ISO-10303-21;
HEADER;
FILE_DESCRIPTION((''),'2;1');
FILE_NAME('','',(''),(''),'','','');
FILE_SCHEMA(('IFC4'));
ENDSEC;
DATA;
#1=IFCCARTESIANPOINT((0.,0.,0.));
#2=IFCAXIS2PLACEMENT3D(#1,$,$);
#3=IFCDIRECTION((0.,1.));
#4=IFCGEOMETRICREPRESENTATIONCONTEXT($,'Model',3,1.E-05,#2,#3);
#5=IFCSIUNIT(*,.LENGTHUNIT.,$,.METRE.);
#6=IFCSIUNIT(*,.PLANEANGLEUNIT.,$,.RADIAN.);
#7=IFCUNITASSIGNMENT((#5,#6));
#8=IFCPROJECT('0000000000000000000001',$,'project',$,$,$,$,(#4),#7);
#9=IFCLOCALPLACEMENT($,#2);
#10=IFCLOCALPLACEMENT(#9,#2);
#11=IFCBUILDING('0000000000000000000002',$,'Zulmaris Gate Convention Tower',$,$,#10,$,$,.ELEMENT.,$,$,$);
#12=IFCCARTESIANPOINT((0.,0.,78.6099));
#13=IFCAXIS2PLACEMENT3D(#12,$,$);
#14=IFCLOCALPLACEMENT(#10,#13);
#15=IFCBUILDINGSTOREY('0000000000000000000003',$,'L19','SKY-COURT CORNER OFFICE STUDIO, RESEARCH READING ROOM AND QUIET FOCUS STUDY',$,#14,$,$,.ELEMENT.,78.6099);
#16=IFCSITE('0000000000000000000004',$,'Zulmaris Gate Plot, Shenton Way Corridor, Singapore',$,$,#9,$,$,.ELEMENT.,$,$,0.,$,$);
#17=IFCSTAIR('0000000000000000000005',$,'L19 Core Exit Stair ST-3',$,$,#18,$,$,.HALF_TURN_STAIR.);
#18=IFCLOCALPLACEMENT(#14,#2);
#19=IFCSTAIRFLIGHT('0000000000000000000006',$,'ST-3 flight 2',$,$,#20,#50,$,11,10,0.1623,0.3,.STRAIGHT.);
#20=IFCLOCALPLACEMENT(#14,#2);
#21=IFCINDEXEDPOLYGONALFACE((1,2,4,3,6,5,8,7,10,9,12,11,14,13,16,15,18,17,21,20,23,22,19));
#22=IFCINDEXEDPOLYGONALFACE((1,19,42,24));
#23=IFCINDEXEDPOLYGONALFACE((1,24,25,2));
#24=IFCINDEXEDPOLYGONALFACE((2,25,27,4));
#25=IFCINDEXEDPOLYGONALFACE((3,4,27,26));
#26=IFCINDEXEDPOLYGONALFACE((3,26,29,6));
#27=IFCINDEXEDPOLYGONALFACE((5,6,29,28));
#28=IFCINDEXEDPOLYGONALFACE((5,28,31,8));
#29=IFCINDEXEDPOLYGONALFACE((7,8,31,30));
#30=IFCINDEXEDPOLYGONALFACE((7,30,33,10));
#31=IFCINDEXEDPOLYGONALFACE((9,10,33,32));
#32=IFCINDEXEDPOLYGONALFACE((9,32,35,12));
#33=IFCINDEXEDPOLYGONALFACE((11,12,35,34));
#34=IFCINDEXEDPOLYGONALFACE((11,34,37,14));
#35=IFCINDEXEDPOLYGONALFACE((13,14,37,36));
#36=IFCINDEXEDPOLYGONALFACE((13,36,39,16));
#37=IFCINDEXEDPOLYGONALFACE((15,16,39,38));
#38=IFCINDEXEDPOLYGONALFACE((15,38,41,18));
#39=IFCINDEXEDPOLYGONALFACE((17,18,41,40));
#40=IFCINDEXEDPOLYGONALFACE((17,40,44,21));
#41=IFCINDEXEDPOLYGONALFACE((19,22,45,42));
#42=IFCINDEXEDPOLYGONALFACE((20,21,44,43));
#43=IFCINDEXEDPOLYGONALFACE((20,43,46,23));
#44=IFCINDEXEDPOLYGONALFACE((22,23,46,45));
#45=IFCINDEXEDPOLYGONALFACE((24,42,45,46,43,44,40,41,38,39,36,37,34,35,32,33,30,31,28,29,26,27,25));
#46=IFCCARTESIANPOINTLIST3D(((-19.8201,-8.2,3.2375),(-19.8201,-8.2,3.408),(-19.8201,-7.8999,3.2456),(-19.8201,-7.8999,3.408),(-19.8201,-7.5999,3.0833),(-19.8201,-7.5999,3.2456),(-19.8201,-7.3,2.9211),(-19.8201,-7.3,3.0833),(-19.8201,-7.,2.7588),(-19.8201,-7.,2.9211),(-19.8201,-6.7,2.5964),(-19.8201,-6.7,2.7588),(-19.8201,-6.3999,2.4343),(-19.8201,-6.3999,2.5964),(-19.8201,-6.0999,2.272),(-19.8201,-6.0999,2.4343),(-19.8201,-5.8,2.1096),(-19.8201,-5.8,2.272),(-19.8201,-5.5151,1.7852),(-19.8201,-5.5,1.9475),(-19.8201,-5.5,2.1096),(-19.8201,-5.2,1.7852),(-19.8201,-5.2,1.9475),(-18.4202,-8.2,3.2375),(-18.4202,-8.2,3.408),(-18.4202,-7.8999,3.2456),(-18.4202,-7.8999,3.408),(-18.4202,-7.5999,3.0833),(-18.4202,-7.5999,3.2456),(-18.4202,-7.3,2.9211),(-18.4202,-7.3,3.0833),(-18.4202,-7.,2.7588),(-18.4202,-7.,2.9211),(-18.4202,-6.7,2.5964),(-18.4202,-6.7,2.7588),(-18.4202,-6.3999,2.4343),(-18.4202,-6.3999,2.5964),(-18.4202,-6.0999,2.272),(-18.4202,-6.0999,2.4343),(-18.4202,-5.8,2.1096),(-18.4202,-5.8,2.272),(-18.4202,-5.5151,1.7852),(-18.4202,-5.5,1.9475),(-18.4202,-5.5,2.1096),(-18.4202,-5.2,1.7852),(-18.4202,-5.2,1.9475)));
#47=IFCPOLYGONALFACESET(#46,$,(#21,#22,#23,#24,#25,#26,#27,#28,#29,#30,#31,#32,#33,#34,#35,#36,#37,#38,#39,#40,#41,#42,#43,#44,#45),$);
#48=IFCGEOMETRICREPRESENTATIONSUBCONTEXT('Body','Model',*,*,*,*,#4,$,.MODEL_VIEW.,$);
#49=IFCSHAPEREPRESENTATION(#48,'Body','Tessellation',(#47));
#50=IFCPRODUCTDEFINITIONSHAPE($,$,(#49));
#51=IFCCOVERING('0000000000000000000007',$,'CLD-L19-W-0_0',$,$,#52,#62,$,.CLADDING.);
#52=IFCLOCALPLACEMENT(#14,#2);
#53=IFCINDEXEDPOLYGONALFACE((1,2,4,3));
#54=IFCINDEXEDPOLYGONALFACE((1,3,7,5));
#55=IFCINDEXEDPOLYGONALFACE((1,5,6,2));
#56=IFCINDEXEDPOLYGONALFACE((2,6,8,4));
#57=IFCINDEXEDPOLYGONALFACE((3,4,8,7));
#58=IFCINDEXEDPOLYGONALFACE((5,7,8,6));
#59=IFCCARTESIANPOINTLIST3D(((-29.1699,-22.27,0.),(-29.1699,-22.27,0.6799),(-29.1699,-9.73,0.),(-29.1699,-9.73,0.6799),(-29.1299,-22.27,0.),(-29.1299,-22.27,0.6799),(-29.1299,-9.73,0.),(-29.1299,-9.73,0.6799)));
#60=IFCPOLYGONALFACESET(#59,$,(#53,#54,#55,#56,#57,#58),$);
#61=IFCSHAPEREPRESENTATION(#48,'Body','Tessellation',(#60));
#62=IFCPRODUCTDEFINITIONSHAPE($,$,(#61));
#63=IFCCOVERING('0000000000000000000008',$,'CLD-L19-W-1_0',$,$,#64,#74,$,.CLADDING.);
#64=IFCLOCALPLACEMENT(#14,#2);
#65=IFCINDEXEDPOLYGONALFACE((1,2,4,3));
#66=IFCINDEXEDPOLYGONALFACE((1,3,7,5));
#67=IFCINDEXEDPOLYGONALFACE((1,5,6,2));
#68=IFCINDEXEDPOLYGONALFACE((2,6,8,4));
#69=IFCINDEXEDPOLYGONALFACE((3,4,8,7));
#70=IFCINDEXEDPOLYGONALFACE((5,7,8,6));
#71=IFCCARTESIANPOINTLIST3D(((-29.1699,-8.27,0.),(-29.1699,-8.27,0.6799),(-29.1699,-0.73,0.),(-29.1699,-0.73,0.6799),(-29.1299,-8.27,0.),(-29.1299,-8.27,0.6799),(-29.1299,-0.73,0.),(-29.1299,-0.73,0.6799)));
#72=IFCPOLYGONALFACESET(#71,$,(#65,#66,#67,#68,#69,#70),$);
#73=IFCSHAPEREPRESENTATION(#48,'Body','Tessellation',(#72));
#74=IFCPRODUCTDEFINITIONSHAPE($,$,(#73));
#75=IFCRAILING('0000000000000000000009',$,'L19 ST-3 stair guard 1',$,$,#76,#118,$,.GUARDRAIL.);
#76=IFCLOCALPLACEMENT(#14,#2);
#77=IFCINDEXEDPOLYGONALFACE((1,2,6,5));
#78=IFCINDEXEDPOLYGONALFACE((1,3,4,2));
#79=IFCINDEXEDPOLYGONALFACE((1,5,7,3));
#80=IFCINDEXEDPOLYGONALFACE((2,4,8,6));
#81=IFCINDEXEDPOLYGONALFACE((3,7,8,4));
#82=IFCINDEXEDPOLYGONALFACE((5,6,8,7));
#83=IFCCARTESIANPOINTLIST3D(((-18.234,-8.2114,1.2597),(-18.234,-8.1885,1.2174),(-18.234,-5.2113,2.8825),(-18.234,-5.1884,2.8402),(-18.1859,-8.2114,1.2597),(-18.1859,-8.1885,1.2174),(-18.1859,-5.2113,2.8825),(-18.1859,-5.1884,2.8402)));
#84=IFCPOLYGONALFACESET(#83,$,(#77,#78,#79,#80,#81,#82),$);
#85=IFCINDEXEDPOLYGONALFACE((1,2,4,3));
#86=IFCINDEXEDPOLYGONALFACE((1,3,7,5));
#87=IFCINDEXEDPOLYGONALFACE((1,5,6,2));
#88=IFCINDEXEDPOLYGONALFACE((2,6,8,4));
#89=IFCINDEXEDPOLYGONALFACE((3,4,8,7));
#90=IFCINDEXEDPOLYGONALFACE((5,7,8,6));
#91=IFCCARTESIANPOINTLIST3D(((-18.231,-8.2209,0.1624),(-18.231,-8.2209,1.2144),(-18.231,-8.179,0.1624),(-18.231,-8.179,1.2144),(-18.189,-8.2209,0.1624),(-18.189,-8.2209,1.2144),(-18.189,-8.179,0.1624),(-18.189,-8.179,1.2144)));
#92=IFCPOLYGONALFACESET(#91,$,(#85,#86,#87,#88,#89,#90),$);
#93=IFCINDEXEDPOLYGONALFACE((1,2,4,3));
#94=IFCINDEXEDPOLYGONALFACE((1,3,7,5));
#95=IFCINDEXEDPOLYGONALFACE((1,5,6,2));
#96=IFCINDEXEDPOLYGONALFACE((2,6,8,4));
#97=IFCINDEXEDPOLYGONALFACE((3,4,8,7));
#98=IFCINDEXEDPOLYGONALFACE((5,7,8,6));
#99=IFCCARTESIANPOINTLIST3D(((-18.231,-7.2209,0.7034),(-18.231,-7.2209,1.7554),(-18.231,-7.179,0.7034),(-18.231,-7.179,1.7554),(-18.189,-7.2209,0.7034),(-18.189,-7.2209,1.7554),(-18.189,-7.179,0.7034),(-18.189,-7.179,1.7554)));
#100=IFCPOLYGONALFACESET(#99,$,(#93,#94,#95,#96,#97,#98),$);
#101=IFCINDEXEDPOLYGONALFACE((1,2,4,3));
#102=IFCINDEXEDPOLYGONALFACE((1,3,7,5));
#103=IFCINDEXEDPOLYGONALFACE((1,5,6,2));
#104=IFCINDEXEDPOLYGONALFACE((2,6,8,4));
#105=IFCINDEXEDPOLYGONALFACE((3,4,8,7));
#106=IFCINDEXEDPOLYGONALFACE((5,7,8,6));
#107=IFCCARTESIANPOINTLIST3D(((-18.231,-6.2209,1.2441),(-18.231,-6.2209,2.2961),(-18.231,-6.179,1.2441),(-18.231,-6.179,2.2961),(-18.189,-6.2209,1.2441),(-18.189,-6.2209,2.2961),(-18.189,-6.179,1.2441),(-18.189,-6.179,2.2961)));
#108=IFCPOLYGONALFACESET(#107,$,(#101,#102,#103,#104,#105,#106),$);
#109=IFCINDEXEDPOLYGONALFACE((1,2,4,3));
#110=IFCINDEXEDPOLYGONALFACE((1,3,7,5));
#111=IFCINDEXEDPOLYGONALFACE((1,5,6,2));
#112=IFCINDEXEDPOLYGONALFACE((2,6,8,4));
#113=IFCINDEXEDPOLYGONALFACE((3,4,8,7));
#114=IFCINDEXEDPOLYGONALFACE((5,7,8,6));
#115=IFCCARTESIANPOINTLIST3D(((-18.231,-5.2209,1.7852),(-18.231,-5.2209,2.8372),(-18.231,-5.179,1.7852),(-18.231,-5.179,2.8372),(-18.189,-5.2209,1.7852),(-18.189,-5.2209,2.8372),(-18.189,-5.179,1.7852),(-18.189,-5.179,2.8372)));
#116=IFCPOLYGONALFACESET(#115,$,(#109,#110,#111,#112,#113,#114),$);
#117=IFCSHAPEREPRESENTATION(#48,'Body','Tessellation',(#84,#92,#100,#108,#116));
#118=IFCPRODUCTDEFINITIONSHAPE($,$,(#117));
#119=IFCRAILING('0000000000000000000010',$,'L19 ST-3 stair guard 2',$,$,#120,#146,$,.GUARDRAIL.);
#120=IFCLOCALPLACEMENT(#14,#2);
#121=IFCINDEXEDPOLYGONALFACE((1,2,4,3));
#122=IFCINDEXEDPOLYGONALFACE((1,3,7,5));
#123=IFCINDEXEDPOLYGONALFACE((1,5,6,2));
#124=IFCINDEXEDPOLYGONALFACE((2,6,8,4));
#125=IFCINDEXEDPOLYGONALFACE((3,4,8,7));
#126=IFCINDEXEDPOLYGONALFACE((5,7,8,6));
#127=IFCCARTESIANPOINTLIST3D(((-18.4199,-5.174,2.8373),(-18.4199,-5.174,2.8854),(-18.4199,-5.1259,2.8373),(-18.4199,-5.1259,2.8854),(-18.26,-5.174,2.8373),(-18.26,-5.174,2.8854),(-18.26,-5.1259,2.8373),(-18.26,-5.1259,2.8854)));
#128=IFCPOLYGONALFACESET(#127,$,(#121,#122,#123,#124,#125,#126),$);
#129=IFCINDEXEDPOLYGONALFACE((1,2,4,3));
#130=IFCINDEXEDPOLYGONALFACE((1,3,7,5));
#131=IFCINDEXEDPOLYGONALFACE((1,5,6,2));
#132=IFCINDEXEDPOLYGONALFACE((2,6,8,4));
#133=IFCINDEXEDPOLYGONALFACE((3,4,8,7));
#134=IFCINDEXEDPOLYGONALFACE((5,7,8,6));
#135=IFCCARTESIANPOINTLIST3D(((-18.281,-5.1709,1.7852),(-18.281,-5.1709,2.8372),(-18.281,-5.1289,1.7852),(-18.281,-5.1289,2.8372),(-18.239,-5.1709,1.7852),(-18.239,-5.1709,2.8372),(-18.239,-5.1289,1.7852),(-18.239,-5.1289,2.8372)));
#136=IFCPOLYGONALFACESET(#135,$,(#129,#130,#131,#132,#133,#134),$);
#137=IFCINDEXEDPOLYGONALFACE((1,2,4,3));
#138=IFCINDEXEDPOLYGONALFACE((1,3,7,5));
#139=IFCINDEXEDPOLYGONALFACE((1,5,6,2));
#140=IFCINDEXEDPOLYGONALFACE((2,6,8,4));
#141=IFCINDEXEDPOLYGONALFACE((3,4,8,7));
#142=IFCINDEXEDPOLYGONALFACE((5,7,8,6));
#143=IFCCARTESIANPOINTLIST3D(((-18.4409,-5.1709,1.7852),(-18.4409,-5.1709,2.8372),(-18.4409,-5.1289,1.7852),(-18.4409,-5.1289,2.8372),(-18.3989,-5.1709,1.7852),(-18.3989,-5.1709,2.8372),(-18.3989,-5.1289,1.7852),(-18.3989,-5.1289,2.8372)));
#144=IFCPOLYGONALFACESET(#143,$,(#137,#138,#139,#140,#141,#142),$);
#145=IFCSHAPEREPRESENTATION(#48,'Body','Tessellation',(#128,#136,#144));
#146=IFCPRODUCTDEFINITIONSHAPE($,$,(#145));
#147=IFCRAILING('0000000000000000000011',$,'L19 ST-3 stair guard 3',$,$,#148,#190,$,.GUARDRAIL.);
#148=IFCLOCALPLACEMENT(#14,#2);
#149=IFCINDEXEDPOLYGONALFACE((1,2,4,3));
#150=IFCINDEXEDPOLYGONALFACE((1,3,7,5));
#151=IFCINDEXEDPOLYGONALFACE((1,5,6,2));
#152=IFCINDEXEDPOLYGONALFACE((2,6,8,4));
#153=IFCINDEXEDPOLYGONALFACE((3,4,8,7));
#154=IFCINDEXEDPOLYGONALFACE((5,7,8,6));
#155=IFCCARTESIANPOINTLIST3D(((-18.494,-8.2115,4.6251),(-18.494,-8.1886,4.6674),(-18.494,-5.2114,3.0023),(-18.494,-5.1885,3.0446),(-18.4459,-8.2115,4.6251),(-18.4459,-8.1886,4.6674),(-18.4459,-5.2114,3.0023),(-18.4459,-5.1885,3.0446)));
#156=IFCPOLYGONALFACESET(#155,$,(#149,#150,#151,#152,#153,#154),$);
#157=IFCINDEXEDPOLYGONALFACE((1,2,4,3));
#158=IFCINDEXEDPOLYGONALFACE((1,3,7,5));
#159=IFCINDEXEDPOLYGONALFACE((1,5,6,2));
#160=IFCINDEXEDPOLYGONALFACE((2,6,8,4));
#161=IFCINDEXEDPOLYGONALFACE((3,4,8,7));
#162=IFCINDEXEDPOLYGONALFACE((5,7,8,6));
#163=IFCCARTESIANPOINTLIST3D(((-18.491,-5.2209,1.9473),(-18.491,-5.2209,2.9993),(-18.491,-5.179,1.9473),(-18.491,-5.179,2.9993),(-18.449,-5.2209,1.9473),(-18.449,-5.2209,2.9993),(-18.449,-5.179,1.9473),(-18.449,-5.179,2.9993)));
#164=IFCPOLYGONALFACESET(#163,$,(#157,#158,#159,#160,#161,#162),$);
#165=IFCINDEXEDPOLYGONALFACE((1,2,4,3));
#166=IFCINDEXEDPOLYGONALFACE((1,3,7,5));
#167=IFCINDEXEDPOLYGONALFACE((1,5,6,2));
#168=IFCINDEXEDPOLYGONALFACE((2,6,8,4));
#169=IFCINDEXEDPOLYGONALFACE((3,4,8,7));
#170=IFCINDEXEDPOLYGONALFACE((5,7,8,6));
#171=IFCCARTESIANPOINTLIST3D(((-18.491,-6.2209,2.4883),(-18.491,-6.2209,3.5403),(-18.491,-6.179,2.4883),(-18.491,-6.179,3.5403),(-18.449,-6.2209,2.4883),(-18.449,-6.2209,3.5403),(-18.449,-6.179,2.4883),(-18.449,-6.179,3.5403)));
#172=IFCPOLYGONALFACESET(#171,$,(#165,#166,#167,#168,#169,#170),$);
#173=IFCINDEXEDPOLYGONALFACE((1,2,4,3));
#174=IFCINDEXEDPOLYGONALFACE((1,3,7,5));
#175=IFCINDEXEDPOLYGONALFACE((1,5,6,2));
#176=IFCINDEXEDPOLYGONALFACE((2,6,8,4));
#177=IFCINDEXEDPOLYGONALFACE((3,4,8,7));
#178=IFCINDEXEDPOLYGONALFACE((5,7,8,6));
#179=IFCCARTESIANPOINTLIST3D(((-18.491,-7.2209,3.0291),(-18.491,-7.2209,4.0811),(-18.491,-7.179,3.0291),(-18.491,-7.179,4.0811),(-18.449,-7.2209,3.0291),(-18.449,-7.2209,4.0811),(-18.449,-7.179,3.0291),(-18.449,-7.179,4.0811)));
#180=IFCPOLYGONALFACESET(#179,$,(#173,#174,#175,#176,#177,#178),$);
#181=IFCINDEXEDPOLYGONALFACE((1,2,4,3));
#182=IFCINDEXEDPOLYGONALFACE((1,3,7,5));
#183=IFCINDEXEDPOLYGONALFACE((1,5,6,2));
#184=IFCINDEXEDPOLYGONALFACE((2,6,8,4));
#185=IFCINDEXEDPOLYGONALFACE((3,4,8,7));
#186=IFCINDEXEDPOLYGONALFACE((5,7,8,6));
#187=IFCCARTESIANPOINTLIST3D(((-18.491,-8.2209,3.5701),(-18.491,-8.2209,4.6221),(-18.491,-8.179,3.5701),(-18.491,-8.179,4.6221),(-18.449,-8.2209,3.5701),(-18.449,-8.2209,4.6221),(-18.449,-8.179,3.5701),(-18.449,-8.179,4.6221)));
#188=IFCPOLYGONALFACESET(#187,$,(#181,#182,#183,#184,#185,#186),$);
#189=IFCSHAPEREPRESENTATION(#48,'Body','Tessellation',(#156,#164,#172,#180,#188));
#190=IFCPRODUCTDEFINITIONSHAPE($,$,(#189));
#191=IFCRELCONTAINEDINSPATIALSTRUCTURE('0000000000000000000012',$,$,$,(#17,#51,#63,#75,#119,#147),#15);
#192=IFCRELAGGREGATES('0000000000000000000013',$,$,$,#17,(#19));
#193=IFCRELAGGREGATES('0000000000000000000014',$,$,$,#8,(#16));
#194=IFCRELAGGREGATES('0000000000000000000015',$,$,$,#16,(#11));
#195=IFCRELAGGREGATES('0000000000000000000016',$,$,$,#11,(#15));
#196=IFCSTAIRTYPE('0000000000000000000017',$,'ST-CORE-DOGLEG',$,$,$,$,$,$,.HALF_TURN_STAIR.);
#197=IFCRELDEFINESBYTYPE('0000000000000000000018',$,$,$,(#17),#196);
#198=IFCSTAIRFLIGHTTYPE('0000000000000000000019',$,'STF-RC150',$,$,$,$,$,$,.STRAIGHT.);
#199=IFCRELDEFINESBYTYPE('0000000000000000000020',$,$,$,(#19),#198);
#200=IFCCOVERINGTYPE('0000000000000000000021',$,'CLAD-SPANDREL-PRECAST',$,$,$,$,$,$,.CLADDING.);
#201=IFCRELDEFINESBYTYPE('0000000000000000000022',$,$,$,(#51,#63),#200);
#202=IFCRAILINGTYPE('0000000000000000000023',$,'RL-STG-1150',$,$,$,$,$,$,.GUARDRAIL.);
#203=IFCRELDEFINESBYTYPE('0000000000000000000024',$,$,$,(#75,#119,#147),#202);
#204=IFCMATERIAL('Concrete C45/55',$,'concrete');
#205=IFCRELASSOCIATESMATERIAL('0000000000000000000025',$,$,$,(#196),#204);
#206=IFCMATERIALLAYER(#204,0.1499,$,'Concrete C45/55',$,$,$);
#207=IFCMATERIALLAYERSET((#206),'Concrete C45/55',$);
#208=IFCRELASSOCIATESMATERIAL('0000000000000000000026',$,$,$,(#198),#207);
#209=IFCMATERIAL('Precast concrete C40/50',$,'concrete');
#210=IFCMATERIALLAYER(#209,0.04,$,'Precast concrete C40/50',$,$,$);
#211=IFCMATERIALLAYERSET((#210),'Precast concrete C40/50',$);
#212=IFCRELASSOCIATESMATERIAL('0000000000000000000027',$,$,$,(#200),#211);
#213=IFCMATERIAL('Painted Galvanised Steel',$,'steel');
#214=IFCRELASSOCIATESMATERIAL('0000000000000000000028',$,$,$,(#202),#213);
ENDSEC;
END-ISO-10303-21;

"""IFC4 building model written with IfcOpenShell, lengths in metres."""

from ifc_helpers import new_model, si_unit, direction, frame, frame_2d, origin, origin_2d, place, context, subcontext, project, spatial, polyline, rectangle, outline, extrude, material, layer, layer_set, type_object, element, aggregate, save


model = new_model("IFC4")

# Units and contexts
model_context = context("Model", 3, precision=1e-05, world=origin(), true_north=direction((0.0, 1.0)))
body_context = subcontext(model_context, "Body", "Model", "MODEL_VIEW")
ifc_project = project(units=[si_unit("LENGTHUNIT", "METRE"), si_unit("PLANEANGLEUNIT", "RADIAN")], contexts=[model_context])

# Site, building, storey
site_placement = place(None, origin())
site = spatial("IfcSite", under=ifc_project, at=site_placement, Name="Zulmaris Gate Plot, Shenton Way Corridor, Singapore", CompositionType="ELEMENT", RefElevation=0.0)
building_placement = place(site_placement, origin())
building = spatial("IfcBuilding", under=site, at=building_placement, Name="Zulmaris Gate Convention Tower", CompositionType="ELEMENT")
storey_placement = place(building_placement, frame((0.0, 0.0, 78.6099)))
storey = spatial("IfcBuildingStorey", under=building, at=storey_placement, Name="L19", Description="SKY-COURT CORNER OFFICE STUDIO, RESEARCH READING ROOM AND QUIET FOCUS STUDY", CompositionType="ELEMENT", Elevation=78.6099)

# Shared definitions
ifc_material_1 = material(Name="Precast concrete C40/50", Category="concrete")

# Stair, stair flight
ifc_material_2 = material(Name="Concrete C45/55", Category="concrete")
stair_type = type_object("IfcStairType", Name="ST-CORE-DOGLEG", PredefinedType="HALF_TURN_STAIR", material=ifc_material_2)
stair_placement = place(storey_placement, origin())
stair = element("IfcStair", 1, at=stair_placement, inside=storey, type_object=stair_type, Name="L19 Core Exit Stair ST-3", PredefinedType="HALF_TURN_STAIR")
ifc_layer_1 = layer(ifc_material_2, 0.1499, Name="Concrete C45/55")
ifc_layer_set_1 = layer_set([ifc_layer_1], Name="Concrete C45/55")
stair_flight_type = type_object("IfcStairFlightType", Name="STF-RC150", PredefinedType="STRAIGHT", material=ifc_layer_set_1)
stair_flight_1_placement = place(storey_placement, frame((-19.1201, -5.2, 1.7852), z_axis=(0.0, 0.0, 1.0), x_axis=(0.0, -1.0, 0.0)))
stair_flight_1 = element("IfcStairFlight", 2, at=stair_flight_1_placement, type_object=stair_flight_type, Name="ST-3 flight 2", NumberOfRisers=11, NumberOfTreads=10, PredefinedType="STRAIGHT", RiserHeight=0.1623, TreadLength=0.3, context=body_context, shape_type="SweptSolid", body=[
    extrude(outline(polyline([(0.0, 0.0), (0.0, 0.1624), (0.3, 0.1624), (0.3, 0.3245), (0.6001, 0.3245), (0.6001, 0.4868), (0.8999, 0.4868), (0.8999, 0.6492), (1.2, 0.6492), (1.2, 0.8113), (1.5, 0.8113), (1.5, 0.9736), (1.8, 0.9736), (1.8, 1.136), (2.1001, 1.136), (2.1001, 1.2981), (2.3999, 1.2981), (2.3999, 1.4604), (2.7, 1.4604), (2.7, 1.6228), (3.0, 1.6228), (3.0, 1.7849), (3.0, 1.4524), (0.3152, 0.0), (0.0, 0.0)])), frame((0.0, 0.7, 0.0), z_axis=(0.0, -1.0, 0.0), x_axis=(1.0, 0.0, 0.0)), (0.0, 0.0, 1.0), 1.3999),
])
aggregate(stair, [stair_flight_1])

# Coverings
ifc_layer_2 = layer(ifc_material_1, 0.04, Name="Precast concrete C40/50")
ifc_layer_set_2 = layer_set([ifc_layer_2], Name="Precast concrete C40/50")
covering_type = type_object("IfcCoveringType", Name="CLAD-SPANDREL-PRECAST", PredefinedType="CLADDING", material=ifc_layer_set_2)
covering_1_placement = place(storey_placement, frame((-29.1499, -9.73, 0.0), z_axis=(0.0, 0.0, 1.0), x_axis=(0.0, -1.0, 0.0)))
element("IfcCovering", 3, at=covering_1_placement, inside=storey, type_object=covering_type, Name="CLD-L19-W-0_0", PredefinedType="CLADDING", context=body_context, shape_type="SweptSolid", body=[
    extrude(rectangle(XDim=12.54, YDim=0.04, at=frame_2d((6.27, 0.0))), origin(), (0.0, 0.0, 1.0), 0.6799),
])
covering_2_placement = place(storey_placement, frame((-29.1499, -0.73, 0.0), z_axis=(0.0, 0.0, 1.0), x_axis=(0.0, -1.0, 0.0)))
element("IfcCovering", 4, at=covering_2_placement, inside=storey, type_object=covering_type, Name="CLD-L19-W-1_0", PredefinedType="CLADDING", context=body_context, shape_type="SweptSolid", body=[
    extrude(rectangle(XDim=7.54, YDim=0.04, at=frame_2d((3.77, 0.0))), origin(), (0.0, 0.0, 1.0), 0.6799),
])

# Railings
ifc_material_3 = material(Name="Painted Galvanised Steel", Category="steel")
railing_type_1 = type_object("IfcRailingType", Name="RL-STG-1150", PredefinedType="GUARDRAIL", material=ifc_material_3)
railing_1_placement = place(storey_placement, frame((-18.21, -8.2, 0.1624)))
element("IfcRailing", 5, at=railing_1_placement, inside=storey, type_object=railing_type_1, Name="L19 ST-3 stair guard 1", PredefinedType="GUARDRAIL", context=body_context, shape_type="SweptSolid", body=[
    extrude(rectangle(XDim=0.0481, YDim=0.0481, at=origin_2d()), frame((0.0, 0.0, 1.0762), z_axis=(0.0, 0.879562, 0.475785), x_axis=(-1.0, 0.0, 0.0)), (0.0, 0.0, 1.0), 3.4109),
    extrude(rectangle(XDim=0.042, YDim=0.042, at=origin_2d()), origin(), (0.0, 0.0, 1.0), 1.052),
    extrude(rectangle(XDim=0.042, YDim=0.042, at=origin_2d()), frame((0.0, 1.0, 0.541)), (0.0, 0.0, 1.0), 1.052),
    extrude(rectangle(XDim=0.042, YDim=0.042, at=origin_2d()), frame((0.0, 2.0, 1.0818)), (0.0, 0.0, 1.0), 1.052),
    extrude(rectangle(XDim=0.042, YDim=0.042, at=origin_2d()), frame((0.0, 3.0, 1.6228)), (0.0, 0.0, 1.0), 1.052),
])
railing_2_placement = place(storey_placement, frame((-18.26, -5.1499, 1.7852)))
element("IfcRailing", 6, at=railing_2_placement, inside=storey, type_object=railing_type_1, Name="L19 ST-3 stair guard 2", PredefinedType="GUARDRAIL", context=body_context, shape_type="SweptSolid", body=[
    extrude(rectangle(XDim=0.0481, YDim=0.0481, at=origin_2d()), frame((0.0, 0.0, 1.0762), z_axis=(-1.0, 0.0, 0.0), x_axis=(0.0, -1.0, 0.0)), (0.0, 0.0, 1.0), 0.1599),
    extrude(rectangle(XDim=0.042, YDim=0.042, at=origin_2d()), origin(), (0.0, 0.0, 1.0), 1.052),
    extrude(rectangle(XDim=0.042, YDim=0.042, at=origin_2d()), frame((-0.1599, 0.0, 0.0)), (0.0, 0.0, 1.0), 1.052),
])
railing_3_placement = place(storey_placement, frame((-18.47, -5.2, 1.9473)))
element("IfcRailing", 7, at=railing_3_placement, inside=storey, type_object=railing_type_1, Name="L19 ST-3 stair guard 3", PredefinedType="GUARDRAIL", context=body_context, shape_type="SweptSolid", body=[
    extrude(rectangle(XDim=0.0481, YDim=0.0481, at=origin_2d()), frame((0.0, 0.0, 1.0762), z_axis=(0.0, -0.879562, 0.475785), x_axis=(1.0, 0.0, 0.0)), (0.0, 0.0, 1.0), 3.4109),
    extrude(rectangle(XDim=0.042, YDim=0.042, at=origin_2d()), origin(), (0.0, 0.0, 1.0), 1.052),
    extrude(rectangle(XDim=0.042, YDim=0.042, at=origin_2d()), frame((0.0, -1.0, 0.541)), (0.0, 0.0, 1.0), 1.052),
    extrude(rectangle(XDim=0.042, YDim=0.042, at=origin_2d()), frame((0.0, -2.0, 1.0818)), (0.0, 0.0, 1.0), 1.052),
    extrude(rectangle(XDim=0.042, YDim=0.042, at=origin_2d()), frame((0.0, -3.0, 1.6228)), (0.0, 0.0, 1.0), 1.052),
])

save(model, "model.ifc")
